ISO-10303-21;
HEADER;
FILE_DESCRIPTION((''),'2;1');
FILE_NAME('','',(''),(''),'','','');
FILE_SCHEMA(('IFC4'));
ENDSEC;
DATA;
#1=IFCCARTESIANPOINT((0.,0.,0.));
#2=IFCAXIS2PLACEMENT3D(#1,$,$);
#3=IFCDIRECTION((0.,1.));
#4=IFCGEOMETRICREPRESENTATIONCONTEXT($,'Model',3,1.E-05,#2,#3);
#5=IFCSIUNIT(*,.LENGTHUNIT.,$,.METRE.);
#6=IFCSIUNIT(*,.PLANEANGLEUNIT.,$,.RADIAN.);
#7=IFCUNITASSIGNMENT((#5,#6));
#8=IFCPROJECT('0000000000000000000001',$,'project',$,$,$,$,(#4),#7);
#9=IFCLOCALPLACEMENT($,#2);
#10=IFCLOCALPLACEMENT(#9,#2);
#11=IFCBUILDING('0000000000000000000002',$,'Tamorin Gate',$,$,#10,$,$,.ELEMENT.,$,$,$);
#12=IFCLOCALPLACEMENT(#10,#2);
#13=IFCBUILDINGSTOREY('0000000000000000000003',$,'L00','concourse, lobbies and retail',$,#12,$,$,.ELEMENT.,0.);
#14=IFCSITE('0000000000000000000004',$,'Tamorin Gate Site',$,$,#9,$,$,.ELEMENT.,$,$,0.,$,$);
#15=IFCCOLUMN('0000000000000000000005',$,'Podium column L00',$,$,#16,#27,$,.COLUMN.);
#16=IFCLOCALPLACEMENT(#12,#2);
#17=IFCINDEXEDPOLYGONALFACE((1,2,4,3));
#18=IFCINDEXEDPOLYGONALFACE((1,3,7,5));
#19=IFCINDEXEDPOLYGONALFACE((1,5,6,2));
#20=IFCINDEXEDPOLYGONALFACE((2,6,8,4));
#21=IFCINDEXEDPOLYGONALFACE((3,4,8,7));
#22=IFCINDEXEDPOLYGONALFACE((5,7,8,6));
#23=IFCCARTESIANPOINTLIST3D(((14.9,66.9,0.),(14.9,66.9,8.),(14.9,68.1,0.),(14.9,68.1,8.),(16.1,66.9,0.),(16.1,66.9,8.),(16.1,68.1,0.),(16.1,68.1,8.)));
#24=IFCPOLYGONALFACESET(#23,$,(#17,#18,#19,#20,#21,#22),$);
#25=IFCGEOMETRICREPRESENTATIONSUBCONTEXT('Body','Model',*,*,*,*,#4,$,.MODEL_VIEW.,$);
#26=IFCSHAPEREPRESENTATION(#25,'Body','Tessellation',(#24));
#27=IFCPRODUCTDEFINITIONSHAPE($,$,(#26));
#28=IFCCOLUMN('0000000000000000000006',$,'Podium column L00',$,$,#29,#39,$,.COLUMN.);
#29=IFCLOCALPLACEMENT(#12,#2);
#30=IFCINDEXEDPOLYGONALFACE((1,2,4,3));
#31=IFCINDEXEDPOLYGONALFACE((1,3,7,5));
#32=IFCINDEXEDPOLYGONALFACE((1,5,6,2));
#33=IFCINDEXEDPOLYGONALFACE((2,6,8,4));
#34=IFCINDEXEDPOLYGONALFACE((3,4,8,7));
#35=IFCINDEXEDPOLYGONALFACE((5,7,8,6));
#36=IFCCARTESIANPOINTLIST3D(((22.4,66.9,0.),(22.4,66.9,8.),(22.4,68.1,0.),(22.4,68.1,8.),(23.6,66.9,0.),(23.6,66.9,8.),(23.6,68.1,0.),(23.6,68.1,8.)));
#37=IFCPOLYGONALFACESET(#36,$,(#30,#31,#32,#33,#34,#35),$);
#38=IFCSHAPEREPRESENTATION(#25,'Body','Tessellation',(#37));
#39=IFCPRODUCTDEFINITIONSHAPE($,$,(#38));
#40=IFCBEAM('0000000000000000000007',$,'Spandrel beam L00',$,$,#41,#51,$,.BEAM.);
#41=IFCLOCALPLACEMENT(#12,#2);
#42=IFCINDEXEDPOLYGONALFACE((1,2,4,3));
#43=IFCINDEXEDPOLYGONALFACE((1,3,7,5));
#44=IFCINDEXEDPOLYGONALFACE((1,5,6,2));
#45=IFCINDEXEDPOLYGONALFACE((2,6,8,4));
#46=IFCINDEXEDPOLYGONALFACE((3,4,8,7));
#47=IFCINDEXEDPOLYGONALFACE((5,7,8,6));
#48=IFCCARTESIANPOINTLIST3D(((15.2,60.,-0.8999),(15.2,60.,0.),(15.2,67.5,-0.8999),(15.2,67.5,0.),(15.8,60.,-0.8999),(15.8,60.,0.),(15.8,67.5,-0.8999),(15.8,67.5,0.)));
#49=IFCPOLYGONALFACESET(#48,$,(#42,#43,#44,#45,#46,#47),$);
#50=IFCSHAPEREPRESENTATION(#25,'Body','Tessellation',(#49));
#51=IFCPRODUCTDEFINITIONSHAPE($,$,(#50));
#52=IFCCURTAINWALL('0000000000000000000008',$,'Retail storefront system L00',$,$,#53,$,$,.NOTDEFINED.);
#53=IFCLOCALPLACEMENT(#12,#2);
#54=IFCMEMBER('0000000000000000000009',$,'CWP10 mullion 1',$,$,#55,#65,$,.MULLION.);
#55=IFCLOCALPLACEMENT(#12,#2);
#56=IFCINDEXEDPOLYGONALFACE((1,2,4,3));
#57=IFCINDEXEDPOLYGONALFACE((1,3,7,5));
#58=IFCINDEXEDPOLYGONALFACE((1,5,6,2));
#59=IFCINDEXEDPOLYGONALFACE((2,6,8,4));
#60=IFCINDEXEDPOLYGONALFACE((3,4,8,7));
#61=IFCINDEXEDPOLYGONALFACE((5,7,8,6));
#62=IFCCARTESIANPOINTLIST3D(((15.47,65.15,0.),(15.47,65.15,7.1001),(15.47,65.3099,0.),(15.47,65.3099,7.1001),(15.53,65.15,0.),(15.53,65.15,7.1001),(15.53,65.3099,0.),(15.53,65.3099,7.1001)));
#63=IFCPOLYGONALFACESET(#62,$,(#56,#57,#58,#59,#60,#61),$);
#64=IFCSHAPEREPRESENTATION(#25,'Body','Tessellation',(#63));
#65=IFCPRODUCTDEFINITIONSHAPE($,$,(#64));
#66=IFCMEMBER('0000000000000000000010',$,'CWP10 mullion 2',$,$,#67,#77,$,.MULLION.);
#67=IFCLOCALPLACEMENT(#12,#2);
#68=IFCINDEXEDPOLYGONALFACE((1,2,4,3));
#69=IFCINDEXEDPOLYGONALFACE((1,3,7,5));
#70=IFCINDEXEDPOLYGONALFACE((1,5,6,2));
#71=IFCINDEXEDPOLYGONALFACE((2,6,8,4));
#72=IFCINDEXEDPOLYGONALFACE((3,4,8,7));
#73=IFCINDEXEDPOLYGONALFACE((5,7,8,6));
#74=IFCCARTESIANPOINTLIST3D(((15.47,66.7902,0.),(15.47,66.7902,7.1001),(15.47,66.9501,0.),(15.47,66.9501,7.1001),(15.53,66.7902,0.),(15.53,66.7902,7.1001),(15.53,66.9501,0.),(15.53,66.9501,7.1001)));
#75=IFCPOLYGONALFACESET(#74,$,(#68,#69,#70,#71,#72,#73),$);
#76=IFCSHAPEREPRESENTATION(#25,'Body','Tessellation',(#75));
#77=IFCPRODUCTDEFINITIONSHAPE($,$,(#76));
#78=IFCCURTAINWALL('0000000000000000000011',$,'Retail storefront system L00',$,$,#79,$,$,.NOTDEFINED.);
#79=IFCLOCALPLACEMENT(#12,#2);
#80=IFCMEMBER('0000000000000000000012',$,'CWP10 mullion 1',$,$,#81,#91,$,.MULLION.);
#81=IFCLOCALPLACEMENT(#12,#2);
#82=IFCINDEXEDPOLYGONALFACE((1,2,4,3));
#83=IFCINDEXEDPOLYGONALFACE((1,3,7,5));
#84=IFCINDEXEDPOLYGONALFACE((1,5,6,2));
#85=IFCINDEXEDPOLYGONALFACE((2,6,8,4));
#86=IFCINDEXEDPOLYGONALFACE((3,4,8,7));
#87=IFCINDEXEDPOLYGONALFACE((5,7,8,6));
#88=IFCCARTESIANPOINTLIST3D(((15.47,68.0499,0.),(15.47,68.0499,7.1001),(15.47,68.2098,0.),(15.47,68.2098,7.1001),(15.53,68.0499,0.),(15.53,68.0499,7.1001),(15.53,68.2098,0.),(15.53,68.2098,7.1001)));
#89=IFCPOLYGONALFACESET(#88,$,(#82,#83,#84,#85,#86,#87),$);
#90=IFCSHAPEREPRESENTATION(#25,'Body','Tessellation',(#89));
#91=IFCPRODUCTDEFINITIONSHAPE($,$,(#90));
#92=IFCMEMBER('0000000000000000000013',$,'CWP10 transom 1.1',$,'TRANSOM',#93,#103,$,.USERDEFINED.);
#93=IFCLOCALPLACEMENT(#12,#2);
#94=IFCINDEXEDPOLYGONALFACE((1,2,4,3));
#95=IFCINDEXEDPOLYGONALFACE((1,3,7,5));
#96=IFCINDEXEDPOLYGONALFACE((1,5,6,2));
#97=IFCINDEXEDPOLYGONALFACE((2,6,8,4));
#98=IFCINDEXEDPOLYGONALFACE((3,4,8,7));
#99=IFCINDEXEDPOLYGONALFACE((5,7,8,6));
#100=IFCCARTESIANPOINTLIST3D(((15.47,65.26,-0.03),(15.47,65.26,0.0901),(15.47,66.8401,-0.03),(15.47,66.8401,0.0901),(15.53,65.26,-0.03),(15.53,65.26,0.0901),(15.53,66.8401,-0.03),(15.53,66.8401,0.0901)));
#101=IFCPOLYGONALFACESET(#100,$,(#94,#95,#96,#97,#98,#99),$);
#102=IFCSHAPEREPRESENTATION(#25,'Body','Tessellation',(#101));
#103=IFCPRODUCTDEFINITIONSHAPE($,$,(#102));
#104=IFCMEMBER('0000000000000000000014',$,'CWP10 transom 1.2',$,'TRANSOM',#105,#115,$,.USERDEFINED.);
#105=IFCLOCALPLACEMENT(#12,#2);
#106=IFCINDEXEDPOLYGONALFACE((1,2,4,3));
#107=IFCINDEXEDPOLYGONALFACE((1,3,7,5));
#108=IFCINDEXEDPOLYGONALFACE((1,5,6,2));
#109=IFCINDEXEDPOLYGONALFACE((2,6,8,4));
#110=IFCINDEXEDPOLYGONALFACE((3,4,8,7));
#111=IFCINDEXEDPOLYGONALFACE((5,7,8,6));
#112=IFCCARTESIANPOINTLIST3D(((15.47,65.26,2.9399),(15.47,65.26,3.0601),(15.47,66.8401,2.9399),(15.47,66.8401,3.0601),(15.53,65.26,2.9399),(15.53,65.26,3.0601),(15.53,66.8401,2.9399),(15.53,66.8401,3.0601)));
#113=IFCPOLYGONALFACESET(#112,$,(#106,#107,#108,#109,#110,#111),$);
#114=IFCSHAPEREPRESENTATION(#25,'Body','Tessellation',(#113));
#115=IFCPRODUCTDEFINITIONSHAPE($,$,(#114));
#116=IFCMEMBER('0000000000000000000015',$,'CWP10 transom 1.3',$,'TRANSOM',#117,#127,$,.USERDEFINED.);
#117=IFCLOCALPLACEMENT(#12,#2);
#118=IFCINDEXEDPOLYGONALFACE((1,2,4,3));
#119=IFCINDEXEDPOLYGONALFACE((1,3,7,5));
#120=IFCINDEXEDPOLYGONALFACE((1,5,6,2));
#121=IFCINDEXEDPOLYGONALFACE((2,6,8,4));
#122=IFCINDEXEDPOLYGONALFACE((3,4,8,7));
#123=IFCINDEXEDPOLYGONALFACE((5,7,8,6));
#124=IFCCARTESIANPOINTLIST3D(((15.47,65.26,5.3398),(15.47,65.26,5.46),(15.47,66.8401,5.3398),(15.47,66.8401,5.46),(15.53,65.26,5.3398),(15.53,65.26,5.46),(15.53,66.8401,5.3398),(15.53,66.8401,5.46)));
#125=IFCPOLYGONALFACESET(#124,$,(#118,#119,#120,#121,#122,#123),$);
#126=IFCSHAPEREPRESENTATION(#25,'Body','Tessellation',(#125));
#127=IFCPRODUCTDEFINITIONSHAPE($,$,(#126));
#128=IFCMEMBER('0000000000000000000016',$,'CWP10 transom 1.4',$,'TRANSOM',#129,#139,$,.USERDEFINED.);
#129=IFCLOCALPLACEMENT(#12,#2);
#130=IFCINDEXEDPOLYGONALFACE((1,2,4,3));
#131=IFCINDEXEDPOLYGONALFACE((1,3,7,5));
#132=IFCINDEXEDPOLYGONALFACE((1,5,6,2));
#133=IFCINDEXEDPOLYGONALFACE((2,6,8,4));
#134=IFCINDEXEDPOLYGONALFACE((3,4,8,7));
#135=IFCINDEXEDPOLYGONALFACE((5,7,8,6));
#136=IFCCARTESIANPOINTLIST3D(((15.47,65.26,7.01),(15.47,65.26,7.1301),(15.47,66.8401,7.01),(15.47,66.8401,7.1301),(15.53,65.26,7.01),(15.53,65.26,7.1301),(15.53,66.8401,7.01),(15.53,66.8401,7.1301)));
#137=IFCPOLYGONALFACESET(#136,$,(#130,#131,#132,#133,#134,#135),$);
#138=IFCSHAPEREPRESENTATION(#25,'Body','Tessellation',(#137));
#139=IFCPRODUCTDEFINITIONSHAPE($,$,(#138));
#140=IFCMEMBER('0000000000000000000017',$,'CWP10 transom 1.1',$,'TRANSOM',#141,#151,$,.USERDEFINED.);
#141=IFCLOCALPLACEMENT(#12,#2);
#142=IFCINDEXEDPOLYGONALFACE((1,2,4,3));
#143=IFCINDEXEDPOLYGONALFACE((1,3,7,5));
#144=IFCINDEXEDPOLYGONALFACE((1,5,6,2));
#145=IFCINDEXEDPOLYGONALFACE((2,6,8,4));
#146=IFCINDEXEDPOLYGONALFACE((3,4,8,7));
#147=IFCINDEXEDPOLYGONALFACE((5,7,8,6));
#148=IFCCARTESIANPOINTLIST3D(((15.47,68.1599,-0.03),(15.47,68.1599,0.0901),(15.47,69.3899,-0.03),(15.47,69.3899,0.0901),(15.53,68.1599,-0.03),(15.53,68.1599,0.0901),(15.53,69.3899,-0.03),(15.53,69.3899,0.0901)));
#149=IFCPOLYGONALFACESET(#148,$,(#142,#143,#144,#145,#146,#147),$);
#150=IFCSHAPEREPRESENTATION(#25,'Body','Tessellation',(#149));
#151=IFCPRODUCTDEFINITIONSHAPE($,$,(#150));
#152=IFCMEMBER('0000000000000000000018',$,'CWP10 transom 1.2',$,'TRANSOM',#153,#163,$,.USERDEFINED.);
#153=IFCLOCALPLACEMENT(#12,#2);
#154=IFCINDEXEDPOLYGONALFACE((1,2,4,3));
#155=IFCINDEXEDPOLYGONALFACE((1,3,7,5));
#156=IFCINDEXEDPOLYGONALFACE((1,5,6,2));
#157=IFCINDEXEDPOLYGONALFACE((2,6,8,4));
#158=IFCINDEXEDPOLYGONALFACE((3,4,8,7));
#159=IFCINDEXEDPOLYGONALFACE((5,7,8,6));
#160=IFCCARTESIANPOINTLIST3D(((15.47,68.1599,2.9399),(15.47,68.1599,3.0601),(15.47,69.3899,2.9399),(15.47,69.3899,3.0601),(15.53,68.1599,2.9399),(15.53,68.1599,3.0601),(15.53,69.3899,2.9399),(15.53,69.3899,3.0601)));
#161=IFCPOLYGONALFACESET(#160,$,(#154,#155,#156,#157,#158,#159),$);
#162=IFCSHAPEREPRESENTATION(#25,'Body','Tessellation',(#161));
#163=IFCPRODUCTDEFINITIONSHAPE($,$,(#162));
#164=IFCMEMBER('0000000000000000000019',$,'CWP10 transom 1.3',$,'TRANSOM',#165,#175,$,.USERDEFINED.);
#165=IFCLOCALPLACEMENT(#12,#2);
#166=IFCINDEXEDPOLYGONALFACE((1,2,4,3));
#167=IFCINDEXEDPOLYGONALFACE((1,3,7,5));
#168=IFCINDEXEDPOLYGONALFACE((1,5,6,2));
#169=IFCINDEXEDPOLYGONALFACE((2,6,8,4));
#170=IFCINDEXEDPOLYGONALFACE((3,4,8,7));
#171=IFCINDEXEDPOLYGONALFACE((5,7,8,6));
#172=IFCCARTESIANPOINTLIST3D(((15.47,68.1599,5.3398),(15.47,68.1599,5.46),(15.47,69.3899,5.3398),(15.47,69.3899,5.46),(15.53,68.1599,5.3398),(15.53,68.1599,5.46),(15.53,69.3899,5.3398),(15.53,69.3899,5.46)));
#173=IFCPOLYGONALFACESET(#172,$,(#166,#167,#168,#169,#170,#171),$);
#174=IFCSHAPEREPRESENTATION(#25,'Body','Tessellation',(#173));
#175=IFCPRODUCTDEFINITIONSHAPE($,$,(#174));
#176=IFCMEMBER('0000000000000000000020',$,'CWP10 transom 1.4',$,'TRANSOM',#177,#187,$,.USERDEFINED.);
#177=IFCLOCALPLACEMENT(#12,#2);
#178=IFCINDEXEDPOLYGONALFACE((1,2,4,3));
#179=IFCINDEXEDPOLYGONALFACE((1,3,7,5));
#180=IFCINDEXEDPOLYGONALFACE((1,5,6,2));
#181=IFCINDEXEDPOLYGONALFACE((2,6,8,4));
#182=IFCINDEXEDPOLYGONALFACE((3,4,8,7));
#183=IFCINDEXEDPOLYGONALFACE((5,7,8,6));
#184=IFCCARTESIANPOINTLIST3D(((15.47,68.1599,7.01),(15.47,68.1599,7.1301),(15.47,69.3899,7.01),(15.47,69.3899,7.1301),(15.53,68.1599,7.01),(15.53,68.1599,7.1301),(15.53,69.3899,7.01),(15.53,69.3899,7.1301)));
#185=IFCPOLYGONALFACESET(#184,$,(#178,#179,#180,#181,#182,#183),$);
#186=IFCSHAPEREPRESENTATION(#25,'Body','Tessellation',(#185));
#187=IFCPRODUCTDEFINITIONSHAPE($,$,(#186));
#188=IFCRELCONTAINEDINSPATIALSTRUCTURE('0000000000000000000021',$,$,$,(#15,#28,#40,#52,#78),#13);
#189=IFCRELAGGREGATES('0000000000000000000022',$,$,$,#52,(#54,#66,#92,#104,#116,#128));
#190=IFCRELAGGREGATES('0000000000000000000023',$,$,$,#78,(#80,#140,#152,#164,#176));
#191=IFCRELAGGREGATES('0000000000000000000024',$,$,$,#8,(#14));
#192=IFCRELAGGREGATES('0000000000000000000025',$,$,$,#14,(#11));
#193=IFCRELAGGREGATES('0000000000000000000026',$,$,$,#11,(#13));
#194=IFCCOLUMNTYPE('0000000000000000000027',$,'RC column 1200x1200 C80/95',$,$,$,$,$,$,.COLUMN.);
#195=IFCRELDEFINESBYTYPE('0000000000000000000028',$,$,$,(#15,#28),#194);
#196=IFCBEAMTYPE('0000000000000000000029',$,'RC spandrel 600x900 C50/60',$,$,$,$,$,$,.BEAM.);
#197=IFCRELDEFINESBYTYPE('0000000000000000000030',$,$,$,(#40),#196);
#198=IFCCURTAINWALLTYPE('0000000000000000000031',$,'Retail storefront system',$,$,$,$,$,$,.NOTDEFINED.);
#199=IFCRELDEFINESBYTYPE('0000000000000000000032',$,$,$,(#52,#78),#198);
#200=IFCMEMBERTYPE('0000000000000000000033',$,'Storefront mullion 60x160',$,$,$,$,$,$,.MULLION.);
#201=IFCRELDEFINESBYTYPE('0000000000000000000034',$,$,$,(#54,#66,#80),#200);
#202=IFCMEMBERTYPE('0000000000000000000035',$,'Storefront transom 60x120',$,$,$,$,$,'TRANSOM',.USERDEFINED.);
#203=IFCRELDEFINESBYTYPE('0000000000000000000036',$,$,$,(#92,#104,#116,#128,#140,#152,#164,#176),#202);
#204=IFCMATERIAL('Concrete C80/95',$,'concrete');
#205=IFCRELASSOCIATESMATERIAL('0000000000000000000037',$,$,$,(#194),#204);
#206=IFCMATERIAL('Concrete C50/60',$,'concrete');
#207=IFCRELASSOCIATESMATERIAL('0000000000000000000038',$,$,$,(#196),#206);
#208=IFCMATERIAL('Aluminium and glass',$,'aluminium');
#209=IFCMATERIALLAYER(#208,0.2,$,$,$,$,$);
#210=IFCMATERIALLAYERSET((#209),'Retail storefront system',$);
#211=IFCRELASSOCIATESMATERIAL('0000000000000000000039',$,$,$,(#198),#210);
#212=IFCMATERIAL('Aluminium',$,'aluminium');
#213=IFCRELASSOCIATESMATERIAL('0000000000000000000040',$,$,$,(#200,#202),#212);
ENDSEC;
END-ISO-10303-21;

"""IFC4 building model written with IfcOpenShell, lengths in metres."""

from ifc_helpers import new_model, si_unit, direction, frame, origin, origin_2d, place, context, subcontext, project, spatial, rectangle, extrude, material, layer, layer_set, material_profile, profile_set, type_object, element, aggregate, save


model = new_model("IFC4")

# Units and contexts
model_context = context("Model", 3, precision=1e-05, world=origin(), true_north=direction((0.0, 1.0)))
body_context = subcontext(model_context, "Body", "Model", "MODEL_VIEW")
ifc_project = project(units=[si_unit("LENGTHUNIT", "METRE"), si_unit("PLANEANGLEUNIT", "RADIAN")], contexts=[model_context])

# Site, building, storey
site_placement = place(None, origin())
site = spatial("IfcSite", under=ifc_project, at=site_placement, Name="Tamorin Gate Site", CompositionType="ELEMENT", RefElevation=0.0)
building_placement = place(site_placement, origin())
building = spatial("IfcBuilding", under=site, at=building_placement, Name="Tamorin Gate", CompositionType="ELEMENT")
storey_placement = place(building_placement, origin())
storey = spatial("IfcBuildingStorey", under=building, at=storey_placement, Name="L00", Description="concourse, lobbies and retail", CompositionType="ELEMENT", Elevation=0.0)

# Columns
ifc_material_1 = material(Name="Concrete C80/95", Category="concrete")
ifc_material_profile_1 = material_profile(ifc_material_1, rectangle(XDim=1.2, YDim=1.2, at=origin_2d()), Name="RC 1200x1200")
ifc_profile_set_1 = profile_set([ifc_material_profile_1], Name="Concrete C80/95")
column_type = type_object("IfcColumnType", Name="RC column 1200x1200 C80/95", PredefinedType="COLUMN", material=ifc_profile_set_1)
for number, where, z_axis, x_axis, name in (
    (1, (15.5, 67.5, 0.0), (0.0, 0.0, 1.0), (1.0, 0.0, 0.0), "Podium column L00"),
    (2, (23.0, 67.5, 0.0), (0.0, 0.0, 1.0), (1.0, 0.0, 0.0), "Podium column L00"),
):
    element("IfcColumn", number, at=place(storey_placement, frame(where, z_axis=z_axis, x_axis=x_axis)), inside=storey, type_object=column_type, Name=name, PredefinedType="COLUMN", context=body_context, shape_type="SweptSolid", body=[
        extrude(rectangle(XDim=1.2, YDim=1.2, at=origin_2d()), origin(), (0.0, 0.0, 1.0), 8.0),
    ])

# Beam
ifc_material_2 = material(Name="Concrete C50/60", Category="concrete")
ifc_material_profile_2 = material_profile(ifc_material_2, rectangle(XDim=0.6001, YDim=0.8999, at=origin_2d()), Name="RC 600x900")
ifc_profile_set_2 = profile_set([ifc_material_profile_2], Name="Concrete C50/60")
beam_type = type_object("IfcBeamType", Name="RC spandrel 600x900 C50/60", PredefinedType="BEAM", material=ifc_profile_set_2)
beam_placement = place(storey_placement, frame((15.5, 67.5, -0.45), z_axis=(0.0, -1.0, 0.0), x_axis=(1.0, 0.0, 0.0)))
element("IfcBeam", 3, at=beam_placement, inside=storey, type_object=beam_type, Name="Spandrel beam L00", PredefinedType="BEAM", context=body_context, shape_type="SweptSolid", body=[
    extrude(rectangle(XDim=0.6001, YDim=0.8999, at=origin_2d()), origin(), (0.0, 0.0, 1.0), 7.5),
])

# Curtain wall, members
ifc_material_3 = material(Name="Aluminium and glass", Category="aluminium")
ifc_layer_1 = layer(ifc_material_3, 0.2)
ifc_layer_set_1 = layer_set([ifc_layer_1], Name="Retail storefront system")
curtain_wall_type = type_object("IfcCurtainWallType", Name="Retail storefront system", PredefinedType="NOTDEFINED", material=ifc_layer_set_1)
curtain_wall_1_placement = place(storey_placement, origin())
curtain_wall_1 = element("IfcCurtainWall", 4, at=curtain_wall_1_placement, inside=storey, type_object=curtain_wall_type, Name="Retail storefront system L00", PredefinedType="NOTDEFINED")
ifc_material_4 = material(Name="Aluminium", Category="aluminium")
ifc_material_profile_3 = material_profile(ifc_material_4, rectangle(XDim=0.0601, YDim=0.1599, at=origin_2d()), Name="RECT 60x160")
ifc_profile_set_3 = profile_set([ifc_material_profile_3], Name="Aluminium")
member_type_1 = type_object("IfcMemberType", Name="Storefront mullion 60x160", PredefinedType="MULLION", material=ifc_profile_set_3)
member_1_placement = place(storey_placement, frame((15.5, 65.23, 0.0), z_axis=(0.0, 0.0, 1.0), x_axis=(-1.0, 0.0, 0.0)))
member_1 = element("IfcMember", 5, at=member_1_placement, type_object=member_type_1, Name="CWP10 mullion 1", PredefinedType="MULLION", context=body_context, shape_type="SweptSolid", body=[
    extrude(rectangle(XDim=0.0601, YDim=0.1599, at=origin_2d()), origin(), (0.0, 0.0, 1.0), 7.1001),
])
member_2_placement = place(storey_placement, frame((15.5, 66.8701, 0.0), z_axis=(0.0, 0.0, 1.0), x_axis=(-1.0, 0.0, 0.0)))
member_2 = element("IfcMember", 6, at=member_2_placement, type_object=member_type_1, Name="CWP10 mullion 2", PredefinedType="MULLION", context=body_context, shape_type="SweptSolid", body=[
    extrude(rectangle(XDim=0.0601, YDim=0.1599, at=origin_2d()), origin(), (0.0, 0.0, 1.0), 7.1001),
])

# Curtain wall, member
curtain_wall_2_placement = place(storey_placement, origin())
curtain_wall_2 = element("IfcCurtainWall", 7, at=curtain_wall_2_placement, inside=storey, type_object=curtain_wall_type, Name="Retail storefront system L00", PredefinedType="NOTDEFINED")
member_3_placement = place(storey_placement, frame((15.5, 68.1299, 0.0), z_axis=(0.0, 0.0, 1.0), x_axis=(-1.0, 0.0, 0.0)))
member_3 = element("IfcMember", 8, at=member_3_placement, type_object=member_type_1, Name="CWP10 mullion 1", PredefinedType="MULLION", context=body_context, shape_type="SweptSolid", body=[
    extrude(rectangle(XDim=0.0601, YDim=0.1599, at=origin_2d()), origin(), (0.0, 0.0, 1.0), 7.1001),
])

# Members
ifc_material_profile_4 = material_profile(ifc_material_4, rectangle(XDim=0.0601, YDim=0.1201, at=origin_2d()), Name="RECT 60x120")
ifc_profile_set_4 = profile_set([ifc_material_profile_4], Name="Aluminium")
member_type_2 = type_object("IfcMemberType", Name="Storefront transom 60x120", ElementType="TRANSOM", PredefinedType="USERDEFINED", material=ifc_profile_set_4)
member_4_placement = place(storey_placement, frame((15.5, 65.26, 0.03), z_axis=(0.0, 1.0, 0.0), x_axis=(-1.0, 0.0, 0.0)))
member_4 = element("IfcMember", 9, at=member_4_placement, type_object=member_type_2, Name="CWP10 transom 1.1", ObjectType="TRANSOM", PredefinedType="USERDEFINED", context=body_context, shape_type="SweptSolid", body=[
    extrude(rectangle(XDim=0.0601, YDim=0.1201, at=origin_2d()), origin(), (0.0, 0.0, 1.0), 1.5801),
])
member_5_placement = place(storey_placement, frame((15.5, 65.26, 3.0), z_axis=(0.0, 1.0, 0.0), x_axis=(-1.0, 0.0, 0.0)))
member_5 = element("IfcMember", 10, at=member_5_placement, type_object=member_type_2, Name="CWP10 transom 1.2", ObjectType="TRANSOM", PredefinedType="USERDEFINED", context=body_context, shape_type="SweptSolid", body=[
    extrude(rectangle(XDim=0.0601, YDim=0.1201, at=origin_2d()), origin(), (0.0, 0.0, 1.0), 1.5801),
])
member_6_placement = place(storey_placement, frame((15.5, 65.26, 5.3999), z_axis=(0.0, 1.0, 0.0), x_axis=(-1.0, 0.0, 0.0)))
member_6 = element("IfcMember", 11, at=member_6_placement, type_object=member_type_2, Name="CWP10 transom 1.3", ObjectType="TRANSOM", PredefinedType="USERDEFINED", context=body_context, shape_type="SweptSolid", body=[
    extrude(rectangle(XDim=0.0601, YDim=0.1201, at=origin_2d()), origin(), (0.0, 0.0, 1.0), 1.5801),
])
member_7_placement = place(storey_placement, frame((15.5, 65.26, 7.0701), z_axis=(0.0, 1.0, 0.0), x_axis=(-1.0, 0.0, 0.0)))
member_7 = element("IfcMember", 12, at=member_7_placement, type_object=member_type_2, Name="CWP10 transom 1.4", ObjectType="TRANSOM", PredefinedType="USERDEFINED", context=body_context, shape_type="SweptSolid", body=[
    extrude(rectangle(XDim=0.0601, YDim=0.1201, at=origin_2d()), origin(), (0.0, 0.0, 1.0), 1.5801),
])
member_8_placement = place(storey_placement, frame((15.5, 68.1599, 0.03), z_axis=(0.0, 1.0, 0.0), x_axis=(-1.0, 0.0, 0.0)))
member_8 = element("IfcMember", 13, at=member_8_placement, type_object=member_type_2, Name="CWP10 transom 1.1", ObjectType="TRANSOM", PredefinedType="USERDEFINED", context=body_context, shape_type="SweptSolid", body=[
    extrude(rectangle(XDim=0.0601, YDim=0.1201, at=origin_2d()), origin(), (0.0, 0.0, 1.0), 1.23),
])
member_9_placement = place(storey_placement, frame((15.5, 68.1599, 3.0), z_axis=(0.0, 1.0, 0.0), x_axis=(-1.0, 0.0, 0.0)))
member_9 = element("IfcMember", 14, at=member_9_placement, type_object=member_type_2, Name="CWP10 transom 1.2", ObjectType="TRANSOM", PredefinedType="USERDEFINED", context=body_context, shape_type="SweptSolid", body=[
    extrude(rectangle(XDim=0.0601, YDim=0.1201, at=origin_2d()), origin(), (0.0, 0.0, 1.0), 1.23),
])
member_10_placement = place(storey_placement, frame((15.5, 68.1599, 5.3999), z_axis=(0.0, 1.0, 0.0), x_axis=(-1.0, 0.0, 0.0)))
member_10 = element("IfcMember", 15, at=member_10_placement, type_object=member_type_2, Name="CWP10 transom 1.3", ObjectType="TRANSOM", PredefinedType="USERDEFINED", context=body_context, shape_type="SweptSolid", body=[
    extrude(rectangle(XDim=0.0601, YDim=0.1201, at=origin_2d()), origin(), (0.0, 0.0, 1.0), 1.23),
])
member_11_placement = place(storey_placement, frame((15.5, 68.1599, 7.0701), z_axis=(0.0, 1.0, 0.0), x_axis=(-1.0, 0.0, 0.0)))
member_11 = element("IfcMember", 16, at=member_11_placement, type_object=member_type_2, Name="CWP10 transom 1.4", ObjectType="TRANSOM", PredefinedType="USERDEFINED", context=body_context, shape_type="SweptSolid", body=[
    extrude(rectangle(XDim=0.0601, YDim=0.1201, at=origin_2d()), origin(), (0.0, 0.0, 1.0), 1.23),
])

aggregate(curtain_wall_1, [member_1, member_2, member_4, member_5, member_6, member_7])
aggregate(curtain_wall_2, [member_3, member_8, member_9, member_10, member_11])

save(model, "model.ifc")
